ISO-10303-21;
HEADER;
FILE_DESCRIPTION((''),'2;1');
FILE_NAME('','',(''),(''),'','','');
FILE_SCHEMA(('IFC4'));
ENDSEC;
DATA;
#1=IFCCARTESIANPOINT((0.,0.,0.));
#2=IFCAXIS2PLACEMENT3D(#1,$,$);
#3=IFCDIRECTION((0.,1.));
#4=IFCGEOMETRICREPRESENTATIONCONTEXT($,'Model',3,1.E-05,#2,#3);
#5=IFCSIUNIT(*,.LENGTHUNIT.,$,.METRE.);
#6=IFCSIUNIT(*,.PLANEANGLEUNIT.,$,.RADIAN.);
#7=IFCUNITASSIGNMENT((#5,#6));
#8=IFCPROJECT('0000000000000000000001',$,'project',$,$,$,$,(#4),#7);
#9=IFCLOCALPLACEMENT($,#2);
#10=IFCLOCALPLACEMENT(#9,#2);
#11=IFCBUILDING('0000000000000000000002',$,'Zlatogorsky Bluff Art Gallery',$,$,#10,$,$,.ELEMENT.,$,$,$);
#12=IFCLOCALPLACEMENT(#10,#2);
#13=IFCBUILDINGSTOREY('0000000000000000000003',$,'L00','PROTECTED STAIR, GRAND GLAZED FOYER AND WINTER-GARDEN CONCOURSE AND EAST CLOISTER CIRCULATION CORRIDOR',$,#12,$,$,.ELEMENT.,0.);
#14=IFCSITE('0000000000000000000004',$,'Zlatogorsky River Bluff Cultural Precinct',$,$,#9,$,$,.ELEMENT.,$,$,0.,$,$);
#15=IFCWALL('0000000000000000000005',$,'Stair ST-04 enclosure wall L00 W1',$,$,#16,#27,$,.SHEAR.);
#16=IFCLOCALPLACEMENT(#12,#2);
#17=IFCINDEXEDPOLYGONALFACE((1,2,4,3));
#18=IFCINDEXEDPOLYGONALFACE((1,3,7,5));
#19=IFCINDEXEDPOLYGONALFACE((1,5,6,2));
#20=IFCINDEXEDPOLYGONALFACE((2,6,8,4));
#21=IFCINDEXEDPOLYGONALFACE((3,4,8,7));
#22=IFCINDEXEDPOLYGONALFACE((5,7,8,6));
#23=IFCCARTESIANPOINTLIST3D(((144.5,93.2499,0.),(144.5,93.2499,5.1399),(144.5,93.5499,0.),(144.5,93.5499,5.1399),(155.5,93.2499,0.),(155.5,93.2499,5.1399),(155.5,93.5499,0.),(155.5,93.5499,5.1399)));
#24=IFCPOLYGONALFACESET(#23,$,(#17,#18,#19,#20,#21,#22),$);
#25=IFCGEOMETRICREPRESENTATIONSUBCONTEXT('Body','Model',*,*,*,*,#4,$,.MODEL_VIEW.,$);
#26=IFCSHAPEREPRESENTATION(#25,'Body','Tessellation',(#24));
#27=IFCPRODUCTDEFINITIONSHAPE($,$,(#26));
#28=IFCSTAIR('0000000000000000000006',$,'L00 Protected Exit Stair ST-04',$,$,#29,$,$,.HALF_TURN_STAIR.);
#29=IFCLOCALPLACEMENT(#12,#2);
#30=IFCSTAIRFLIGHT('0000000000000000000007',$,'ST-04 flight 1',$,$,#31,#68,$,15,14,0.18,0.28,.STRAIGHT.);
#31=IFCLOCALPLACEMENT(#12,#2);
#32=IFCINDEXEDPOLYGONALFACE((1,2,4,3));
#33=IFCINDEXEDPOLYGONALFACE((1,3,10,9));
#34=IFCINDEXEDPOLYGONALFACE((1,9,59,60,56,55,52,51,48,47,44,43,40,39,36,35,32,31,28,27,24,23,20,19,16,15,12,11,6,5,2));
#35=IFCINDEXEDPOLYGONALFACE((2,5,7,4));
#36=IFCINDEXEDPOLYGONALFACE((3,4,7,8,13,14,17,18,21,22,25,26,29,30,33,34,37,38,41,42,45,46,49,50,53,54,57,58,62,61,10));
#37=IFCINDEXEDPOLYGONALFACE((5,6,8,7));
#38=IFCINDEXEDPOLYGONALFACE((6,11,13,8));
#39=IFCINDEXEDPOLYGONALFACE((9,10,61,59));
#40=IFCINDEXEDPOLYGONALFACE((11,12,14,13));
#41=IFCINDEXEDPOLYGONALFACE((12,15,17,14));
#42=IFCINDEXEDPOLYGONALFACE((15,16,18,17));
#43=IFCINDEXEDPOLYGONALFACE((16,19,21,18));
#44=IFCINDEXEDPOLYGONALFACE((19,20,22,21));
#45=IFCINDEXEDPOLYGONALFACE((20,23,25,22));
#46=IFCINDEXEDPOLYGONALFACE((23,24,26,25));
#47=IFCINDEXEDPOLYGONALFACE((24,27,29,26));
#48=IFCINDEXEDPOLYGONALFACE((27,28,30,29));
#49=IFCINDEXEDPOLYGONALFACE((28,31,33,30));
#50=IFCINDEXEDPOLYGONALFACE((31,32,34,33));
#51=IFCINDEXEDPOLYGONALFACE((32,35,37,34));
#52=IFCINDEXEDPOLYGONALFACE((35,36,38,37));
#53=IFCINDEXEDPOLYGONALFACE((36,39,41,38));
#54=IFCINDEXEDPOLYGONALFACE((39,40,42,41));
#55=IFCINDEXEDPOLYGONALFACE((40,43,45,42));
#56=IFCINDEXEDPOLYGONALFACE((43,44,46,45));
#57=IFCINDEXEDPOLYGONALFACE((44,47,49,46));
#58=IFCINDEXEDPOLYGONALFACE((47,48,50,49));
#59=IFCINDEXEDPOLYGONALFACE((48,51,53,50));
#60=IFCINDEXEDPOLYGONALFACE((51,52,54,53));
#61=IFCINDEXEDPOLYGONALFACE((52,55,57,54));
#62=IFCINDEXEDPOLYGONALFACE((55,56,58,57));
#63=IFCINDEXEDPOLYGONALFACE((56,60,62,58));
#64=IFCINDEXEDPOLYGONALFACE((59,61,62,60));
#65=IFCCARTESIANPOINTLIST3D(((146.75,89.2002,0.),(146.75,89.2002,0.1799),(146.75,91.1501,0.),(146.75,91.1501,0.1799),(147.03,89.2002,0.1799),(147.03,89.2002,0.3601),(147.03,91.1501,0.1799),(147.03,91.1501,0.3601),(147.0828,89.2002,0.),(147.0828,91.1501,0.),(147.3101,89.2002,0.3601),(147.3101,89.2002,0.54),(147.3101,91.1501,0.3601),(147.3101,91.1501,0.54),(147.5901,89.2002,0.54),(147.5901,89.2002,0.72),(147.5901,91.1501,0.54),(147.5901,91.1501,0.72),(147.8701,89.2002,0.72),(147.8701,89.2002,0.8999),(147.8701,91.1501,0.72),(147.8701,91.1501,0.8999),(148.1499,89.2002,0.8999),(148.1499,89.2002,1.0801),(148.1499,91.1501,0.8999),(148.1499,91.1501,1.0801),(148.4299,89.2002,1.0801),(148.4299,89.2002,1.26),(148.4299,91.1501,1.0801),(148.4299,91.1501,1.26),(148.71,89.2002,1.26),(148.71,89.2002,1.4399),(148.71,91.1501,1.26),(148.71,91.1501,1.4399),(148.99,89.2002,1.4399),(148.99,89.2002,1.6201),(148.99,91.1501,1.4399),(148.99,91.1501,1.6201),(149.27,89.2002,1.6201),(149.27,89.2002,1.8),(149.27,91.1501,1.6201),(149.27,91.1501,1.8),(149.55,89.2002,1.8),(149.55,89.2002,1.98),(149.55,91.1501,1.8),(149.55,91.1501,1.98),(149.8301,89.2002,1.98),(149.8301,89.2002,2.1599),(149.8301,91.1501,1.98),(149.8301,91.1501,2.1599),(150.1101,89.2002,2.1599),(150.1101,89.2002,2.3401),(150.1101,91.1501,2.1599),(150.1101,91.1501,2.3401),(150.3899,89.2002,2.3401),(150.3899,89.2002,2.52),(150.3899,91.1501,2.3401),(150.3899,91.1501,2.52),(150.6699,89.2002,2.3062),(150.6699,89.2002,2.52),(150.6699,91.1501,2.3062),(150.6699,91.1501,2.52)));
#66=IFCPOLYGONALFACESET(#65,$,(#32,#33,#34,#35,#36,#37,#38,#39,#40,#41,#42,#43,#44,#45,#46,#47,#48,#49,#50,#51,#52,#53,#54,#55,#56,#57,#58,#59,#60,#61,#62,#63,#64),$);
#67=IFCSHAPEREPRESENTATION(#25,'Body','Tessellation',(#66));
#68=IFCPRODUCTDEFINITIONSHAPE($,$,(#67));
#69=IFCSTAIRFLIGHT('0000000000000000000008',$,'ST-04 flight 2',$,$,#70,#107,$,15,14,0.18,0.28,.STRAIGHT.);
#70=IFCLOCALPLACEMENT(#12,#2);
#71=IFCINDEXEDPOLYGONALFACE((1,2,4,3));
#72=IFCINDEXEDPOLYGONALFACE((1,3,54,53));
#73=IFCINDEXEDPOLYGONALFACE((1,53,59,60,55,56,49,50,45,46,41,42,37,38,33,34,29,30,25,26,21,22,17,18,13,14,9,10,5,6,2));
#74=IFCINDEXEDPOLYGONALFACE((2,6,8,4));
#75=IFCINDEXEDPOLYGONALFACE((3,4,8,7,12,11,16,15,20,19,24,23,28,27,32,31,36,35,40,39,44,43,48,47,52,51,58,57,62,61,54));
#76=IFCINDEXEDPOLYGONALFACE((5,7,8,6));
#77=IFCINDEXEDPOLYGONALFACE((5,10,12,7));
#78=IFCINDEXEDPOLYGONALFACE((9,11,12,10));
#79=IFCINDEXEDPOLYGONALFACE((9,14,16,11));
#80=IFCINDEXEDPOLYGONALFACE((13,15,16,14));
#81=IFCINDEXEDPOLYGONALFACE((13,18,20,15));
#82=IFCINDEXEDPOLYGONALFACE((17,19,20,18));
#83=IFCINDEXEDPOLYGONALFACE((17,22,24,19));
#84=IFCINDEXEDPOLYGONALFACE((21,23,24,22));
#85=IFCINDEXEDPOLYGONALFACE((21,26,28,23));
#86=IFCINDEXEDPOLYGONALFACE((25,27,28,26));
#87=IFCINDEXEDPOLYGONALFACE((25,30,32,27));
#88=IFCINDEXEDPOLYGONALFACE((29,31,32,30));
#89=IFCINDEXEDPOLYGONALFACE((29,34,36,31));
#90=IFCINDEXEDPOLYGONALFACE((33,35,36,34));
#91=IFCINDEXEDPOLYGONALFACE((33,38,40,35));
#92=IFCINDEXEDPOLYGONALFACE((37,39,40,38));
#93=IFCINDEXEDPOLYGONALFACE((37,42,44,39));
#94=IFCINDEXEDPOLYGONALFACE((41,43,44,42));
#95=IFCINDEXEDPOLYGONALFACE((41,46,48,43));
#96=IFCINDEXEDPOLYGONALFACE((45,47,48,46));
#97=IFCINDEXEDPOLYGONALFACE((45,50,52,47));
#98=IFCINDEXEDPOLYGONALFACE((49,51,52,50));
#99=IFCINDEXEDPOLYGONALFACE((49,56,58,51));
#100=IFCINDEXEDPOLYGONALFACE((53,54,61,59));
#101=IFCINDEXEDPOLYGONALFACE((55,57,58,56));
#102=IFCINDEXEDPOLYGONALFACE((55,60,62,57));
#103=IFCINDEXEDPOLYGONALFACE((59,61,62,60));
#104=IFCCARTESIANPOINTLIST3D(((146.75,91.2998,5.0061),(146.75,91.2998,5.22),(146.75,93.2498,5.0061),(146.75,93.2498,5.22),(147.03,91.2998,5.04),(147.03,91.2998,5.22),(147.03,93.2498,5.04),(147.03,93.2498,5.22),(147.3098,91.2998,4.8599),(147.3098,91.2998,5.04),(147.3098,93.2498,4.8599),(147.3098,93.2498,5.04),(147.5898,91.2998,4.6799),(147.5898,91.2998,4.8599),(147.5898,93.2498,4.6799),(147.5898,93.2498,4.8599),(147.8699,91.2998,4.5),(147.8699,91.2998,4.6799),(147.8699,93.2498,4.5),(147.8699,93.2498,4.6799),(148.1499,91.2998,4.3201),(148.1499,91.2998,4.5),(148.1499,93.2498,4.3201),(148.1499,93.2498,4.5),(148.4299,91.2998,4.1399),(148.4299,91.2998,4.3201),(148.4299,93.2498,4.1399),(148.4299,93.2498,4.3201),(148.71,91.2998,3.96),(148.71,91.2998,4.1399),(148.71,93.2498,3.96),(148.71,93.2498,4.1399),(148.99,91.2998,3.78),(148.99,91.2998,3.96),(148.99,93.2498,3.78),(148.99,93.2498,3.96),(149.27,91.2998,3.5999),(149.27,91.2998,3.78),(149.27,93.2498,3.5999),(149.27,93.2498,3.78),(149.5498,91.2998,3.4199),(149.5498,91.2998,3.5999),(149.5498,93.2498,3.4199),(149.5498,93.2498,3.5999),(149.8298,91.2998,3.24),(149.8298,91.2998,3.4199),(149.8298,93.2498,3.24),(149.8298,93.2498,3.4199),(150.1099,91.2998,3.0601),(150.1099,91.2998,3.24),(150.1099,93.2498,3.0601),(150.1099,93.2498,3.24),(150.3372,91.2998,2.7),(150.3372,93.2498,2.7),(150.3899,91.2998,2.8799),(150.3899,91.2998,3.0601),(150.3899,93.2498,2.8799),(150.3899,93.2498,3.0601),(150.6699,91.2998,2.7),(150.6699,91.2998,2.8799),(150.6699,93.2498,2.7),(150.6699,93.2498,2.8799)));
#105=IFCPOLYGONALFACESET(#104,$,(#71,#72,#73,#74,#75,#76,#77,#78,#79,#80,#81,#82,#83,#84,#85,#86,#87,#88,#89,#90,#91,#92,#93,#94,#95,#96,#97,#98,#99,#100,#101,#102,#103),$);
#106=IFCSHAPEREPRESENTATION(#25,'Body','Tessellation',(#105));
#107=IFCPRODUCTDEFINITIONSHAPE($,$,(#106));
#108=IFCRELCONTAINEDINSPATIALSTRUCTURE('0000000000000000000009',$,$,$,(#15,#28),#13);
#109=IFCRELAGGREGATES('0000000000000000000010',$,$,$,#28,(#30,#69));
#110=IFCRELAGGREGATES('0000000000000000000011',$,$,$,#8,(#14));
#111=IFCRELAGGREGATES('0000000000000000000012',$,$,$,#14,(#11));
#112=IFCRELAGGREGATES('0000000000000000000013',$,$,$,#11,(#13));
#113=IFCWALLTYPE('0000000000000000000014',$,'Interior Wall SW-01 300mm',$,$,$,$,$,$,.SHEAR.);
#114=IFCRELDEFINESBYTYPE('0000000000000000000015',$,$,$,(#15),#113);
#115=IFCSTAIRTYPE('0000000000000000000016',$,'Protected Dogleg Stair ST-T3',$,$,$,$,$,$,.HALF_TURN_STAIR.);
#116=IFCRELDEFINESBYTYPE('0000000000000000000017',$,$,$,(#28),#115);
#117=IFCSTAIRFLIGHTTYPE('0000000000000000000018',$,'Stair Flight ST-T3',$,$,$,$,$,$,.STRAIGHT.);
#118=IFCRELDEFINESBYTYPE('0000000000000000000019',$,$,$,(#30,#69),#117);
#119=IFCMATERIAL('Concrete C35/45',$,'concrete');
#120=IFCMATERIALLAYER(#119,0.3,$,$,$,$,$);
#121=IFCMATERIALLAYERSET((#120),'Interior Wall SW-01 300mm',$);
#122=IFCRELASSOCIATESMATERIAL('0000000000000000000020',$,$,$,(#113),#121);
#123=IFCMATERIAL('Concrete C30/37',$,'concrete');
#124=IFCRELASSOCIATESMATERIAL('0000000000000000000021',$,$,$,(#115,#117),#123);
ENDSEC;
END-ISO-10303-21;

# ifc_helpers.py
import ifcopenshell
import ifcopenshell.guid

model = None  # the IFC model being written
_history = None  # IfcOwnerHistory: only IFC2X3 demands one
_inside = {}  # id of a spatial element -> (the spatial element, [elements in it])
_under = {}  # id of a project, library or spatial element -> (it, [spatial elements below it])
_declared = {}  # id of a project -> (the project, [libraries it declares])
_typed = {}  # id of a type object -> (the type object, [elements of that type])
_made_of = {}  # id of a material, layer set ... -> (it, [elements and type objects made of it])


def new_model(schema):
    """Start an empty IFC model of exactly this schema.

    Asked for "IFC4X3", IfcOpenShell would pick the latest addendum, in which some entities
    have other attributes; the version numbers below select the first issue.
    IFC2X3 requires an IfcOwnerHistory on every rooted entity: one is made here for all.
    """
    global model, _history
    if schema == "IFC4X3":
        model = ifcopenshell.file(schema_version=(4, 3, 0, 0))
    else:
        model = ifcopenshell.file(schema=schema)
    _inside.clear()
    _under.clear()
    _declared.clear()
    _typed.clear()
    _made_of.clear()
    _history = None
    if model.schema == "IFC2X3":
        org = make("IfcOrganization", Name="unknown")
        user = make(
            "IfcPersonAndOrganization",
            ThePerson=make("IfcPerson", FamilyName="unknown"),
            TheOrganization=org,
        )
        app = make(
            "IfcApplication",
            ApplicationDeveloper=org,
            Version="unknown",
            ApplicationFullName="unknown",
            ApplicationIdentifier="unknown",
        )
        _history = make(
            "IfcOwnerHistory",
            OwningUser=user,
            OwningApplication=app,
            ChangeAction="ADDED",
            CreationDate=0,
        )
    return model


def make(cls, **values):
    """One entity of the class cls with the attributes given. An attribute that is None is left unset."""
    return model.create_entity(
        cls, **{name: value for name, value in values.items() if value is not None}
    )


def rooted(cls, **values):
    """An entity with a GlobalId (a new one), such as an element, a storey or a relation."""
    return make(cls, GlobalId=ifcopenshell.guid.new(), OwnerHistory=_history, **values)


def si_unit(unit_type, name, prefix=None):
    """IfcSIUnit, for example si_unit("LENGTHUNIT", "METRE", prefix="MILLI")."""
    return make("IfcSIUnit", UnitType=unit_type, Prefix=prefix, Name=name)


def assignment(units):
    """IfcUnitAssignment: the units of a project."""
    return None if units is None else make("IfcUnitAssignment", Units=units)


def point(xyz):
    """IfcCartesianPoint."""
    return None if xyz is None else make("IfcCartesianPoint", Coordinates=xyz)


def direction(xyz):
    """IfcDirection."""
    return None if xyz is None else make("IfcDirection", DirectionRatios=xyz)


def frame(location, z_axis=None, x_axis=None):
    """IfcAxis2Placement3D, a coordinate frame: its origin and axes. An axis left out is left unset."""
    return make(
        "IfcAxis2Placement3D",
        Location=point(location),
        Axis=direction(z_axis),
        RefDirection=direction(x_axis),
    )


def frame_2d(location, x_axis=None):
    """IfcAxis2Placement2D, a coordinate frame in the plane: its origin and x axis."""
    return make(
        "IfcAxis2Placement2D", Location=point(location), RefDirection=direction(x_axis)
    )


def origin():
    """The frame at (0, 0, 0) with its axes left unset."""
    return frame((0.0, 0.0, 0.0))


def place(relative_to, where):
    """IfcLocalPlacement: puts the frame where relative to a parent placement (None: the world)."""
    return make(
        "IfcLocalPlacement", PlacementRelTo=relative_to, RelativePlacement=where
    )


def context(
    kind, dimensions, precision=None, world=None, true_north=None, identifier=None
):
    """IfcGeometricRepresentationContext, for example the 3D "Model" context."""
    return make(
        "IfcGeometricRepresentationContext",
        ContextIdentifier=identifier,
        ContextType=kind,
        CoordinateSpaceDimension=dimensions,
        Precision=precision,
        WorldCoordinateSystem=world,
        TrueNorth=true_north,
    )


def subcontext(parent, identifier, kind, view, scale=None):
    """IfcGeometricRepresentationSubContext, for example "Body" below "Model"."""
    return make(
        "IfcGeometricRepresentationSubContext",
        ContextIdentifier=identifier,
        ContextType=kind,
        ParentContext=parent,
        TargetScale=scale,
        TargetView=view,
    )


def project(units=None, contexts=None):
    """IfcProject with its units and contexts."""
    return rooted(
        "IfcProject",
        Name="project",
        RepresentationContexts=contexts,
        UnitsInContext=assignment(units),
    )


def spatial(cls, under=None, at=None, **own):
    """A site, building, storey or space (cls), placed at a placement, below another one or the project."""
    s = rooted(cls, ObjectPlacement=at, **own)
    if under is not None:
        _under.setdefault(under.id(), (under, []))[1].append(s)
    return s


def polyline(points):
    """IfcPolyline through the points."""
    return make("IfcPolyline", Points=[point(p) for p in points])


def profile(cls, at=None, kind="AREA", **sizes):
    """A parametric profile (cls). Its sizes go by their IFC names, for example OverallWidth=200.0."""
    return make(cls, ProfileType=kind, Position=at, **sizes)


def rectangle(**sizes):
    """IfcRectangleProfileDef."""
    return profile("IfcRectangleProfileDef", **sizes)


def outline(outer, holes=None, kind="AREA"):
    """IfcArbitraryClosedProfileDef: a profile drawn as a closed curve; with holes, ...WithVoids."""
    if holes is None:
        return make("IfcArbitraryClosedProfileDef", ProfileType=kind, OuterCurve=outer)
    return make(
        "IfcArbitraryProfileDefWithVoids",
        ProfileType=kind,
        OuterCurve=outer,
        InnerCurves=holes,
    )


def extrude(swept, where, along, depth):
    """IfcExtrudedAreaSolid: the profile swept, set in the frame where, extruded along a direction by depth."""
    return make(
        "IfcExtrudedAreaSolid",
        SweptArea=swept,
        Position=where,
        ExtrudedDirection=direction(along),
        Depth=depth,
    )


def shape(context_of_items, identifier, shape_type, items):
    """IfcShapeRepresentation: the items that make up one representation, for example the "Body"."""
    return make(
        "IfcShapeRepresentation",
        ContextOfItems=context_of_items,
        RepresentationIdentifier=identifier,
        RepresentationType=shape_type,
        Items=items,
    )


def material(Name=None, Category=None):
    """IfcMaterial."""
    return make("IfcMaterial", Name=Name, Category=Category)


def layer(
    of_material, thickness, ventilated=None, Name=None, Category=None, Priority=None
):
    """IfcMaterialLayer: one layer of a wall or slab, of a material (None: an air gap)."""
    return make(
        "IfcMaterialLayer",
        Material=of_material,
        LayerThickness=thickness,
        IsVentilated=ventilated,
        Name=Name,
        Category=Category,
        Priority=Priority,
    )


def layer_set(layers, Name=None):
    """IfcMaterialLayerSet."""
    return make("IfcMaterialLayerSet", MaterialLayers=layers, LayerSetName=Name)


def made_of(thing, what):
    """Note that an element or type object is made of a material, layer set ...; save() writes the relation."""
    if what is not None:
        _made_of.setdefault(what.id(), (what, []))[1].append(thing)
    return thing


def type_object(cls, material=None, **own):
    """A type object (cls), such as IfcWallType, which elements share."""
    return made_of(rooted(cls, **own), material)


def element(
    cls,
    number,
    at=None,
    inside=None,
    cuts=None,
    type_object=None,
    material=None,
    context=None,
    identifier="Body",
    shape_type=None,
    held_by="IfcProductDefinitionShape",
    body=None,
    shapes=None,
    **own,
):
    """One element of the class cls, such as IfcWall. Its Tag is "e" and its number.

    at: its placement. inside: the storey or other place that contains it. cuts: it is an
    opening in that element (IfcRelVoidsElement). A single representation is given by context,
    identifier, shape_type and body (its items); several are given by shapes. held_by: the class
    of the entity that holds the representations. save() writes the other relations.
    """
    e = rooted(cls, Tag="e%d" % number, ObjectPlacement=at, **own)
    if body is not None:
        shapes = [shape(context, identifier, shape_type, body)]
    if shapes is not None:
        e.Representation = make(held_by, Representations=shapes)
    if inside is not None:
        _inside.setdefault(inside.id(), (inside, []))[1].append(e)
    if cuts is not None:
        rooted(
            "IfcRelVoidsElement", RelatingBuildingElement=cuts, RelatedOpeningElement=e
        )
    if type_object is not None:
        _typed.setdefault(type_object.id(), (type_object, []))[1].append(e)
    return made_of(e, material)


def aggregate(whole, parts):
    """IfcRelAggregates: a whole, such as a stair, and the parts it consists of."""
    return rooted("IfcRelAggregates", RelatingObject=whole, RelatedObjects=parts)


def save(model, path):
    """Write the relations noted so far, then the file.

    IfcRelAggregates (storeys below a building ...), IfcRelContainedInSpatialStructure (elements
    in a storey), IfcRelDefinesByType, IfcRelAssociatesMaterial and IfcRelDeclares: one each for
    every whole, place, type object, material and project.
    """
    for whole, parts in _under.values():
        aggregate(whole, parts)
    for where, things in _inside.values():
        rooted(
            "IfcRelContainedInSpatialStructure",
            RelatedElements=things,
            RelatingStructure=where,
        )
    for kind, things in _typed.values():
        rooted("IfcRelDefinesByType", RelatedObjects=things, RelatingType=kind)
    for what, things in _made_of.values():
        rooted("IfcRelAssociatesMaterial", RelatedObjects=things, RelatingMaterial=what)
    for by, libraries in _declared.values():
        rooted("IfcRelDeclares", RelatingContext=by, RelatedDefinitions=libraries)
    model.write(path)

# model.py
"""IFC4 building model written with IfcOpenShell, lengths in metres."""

from ifc_helpers import new_model, si_unit, direction, frame, frame_2d, origin, place, context, subcontext, project, spatial, polyline, rectangle, outline, extrude, material, layer, layer_set, type_object, element, aggregate, save


model = new_model("IFC4")

# Units and contexts
model_context = context("Model", 3, precision=1e-05, world=origin(), true_north=direction((0.0, 1.0)))
body_context = subcontext(model_context, "Body", "Model", "MODEL_VIEW")
ifc_project = project(units=[si_unit("LENGTHUNIT", "METRE"), si_unit("PLANEANGLEUNIT", "RADIAN")], contexts=[model_context])

# Site, building, storey
site_placement = place(None, origin())
site = spatial("IfcSite", under=ifc_project, at=site_placement, Name="Zlatogorsky River Bluff Cultural Precinct", CompositionType="ELEMENT", RefElevation=0.0)
building_placement = place(site_placement, origin())
building = spatial("IfcBuilding", under=site, at=building_placement, Name="Zlatogorsky Bluff Art Gallery", CompositionType="ELEMENT")
storey_placement = place(building_placement, origin())
storey = spatial("IfcBuildingStorey", under=building, at=storey_placement, Name="L00", Description="PROTECTED STAIR, GRAND GLAZED FOYER AND WINTER-GARDEN CONCOURSE AND EAST CLOISTER CIRCULATION CORRIDOR", CompositionType="ELEMENT", Elevation=0.0)

# Shared definitions
ifc_material_1 = material(Name="Concrete C35/45", Category="concrete")

# Shared definitions
ifc_layer_1 = layer(ifc_material_1, 0.3)
ifc_layer_set_1 = layer_set([ifc_layer_1], Name="Interior Wall SW-01 300mm")
wall_type_1 = type_object("IfcWallType", Name="Interior Wall SW-01 300mm", PredefinedType="SHEAR", material=ifc_layer_set_1)

# Wall
wall_1_placement = place(storey_placement, frame((155.5, 93.3999, 0.0), z_axis=(0.0, 0.0, 1.0), x_axis=(-1.0, 0.0, 0.0)))
element("IfcWall", 1, at=wall_1_placement, inside=storey, type_object=wall_type_1, Name="Stair ST-04 enclosure wall L00 W1", PredefinedType="SHEAR", context=body_context, shape_type="SweptSolid", body=[
    extrude(rectangle(XDim=11.0, YDim=0.3, at=frame_2d((5.5, 0.0))), origin(), (0.0, 0.0, 1.0), 5.1399),
])

# Stair, stair flights
ifc_material_2 = material(Name="Concrete C30/37", Category="concrete")
stair_type = type_object("IfcStairType", Name="Protected Dogleg Stair ST-T3", PredefinedType="HALF_TURN_STAIR", material=ifc_material_2)
stair_placement = place(storey_placement, origin())
stair = element("IfcStair", 2, at=stair_placement, inside=storey, type_object=stair_type, Name="L00 Protected Exit Stair ST-04", PredefinedType="HALF_TURN_STAIR")
stair_flight_type = type_object("IfcStairFlightType", Name="Stair Flight ST-T3", PredefinedType="STRAIGHT", material=ifc_material_2)
stair_flight_1_placement = place(storey_placement, frame((146.75, 90.175, 0.0), z_axis=(0.0, 0.0, 1.0), x_axis=(1.0, 0.0, 0.0)))
stair_flight_1 = element("IfcStairFlight", 3, at=stair_flight_1_placement, type_object=stair_flight_type, Name="ST-04 flight 1", NumberOfRisers=15, NumberOfTreads=14, PredefinedType="STRAIGHT", RiserHeight=0.18, TreadLength=0.28, context=body_context, shape_type="SweptSolid", body=[
    extrude(outline(polyline([(0.0, 0.0), (0.0, 0.1799), (0.28, 0.1799), (0.28, 0.3601), (0.5601, 0.3601), (0.5601, 0.54), (0.8401, 0.54), (0.8401, 0.72), (1.1201, 0.72), (1.1201, 0.8999), (1.3999, 0.8999), (1.3999, 1.0801), (1.6799, 1.0801), (1.6799, 1.26), (1.96, 1.26), (1.96, 1.4399), (2.24, 1.4399), (2.24, 1.6201), (2.52, 1.6201), (2.52, 1.8), (2.8, 1.8), (2.8, 1.98), (3.0801, 1.98), (3.0801, 2.1599), (3.3601, 2.1599), (3.3601, 2.3401), (3.6399, 2.3401), (3.6399, 2.52), (3.9199, 2.52), (3.9199, 2.7), (3.9199, 2.3062), (0.3328, 0.0), (0.0, 0.0)])), frame((0.0, 0.9751, 0.0), z_axis=(0.0, -1.0, 0.0), x_axis=(1.0, 0.0, 0.0)), (0.0, 0.0, 1.0), 1.95),
])
stair_flight_2_placement = place(storey_placement, frame((150.6699, 92.2749, 2.7), z_axis=(0.0, 0.0, 1.0), x_axis=(-1.0, 0.0, 0.0)))
stair_flight_2 = element("IfcStairFlight", 4, at=stair_flight_2_placement, type_object=stair_flight_type, Name="ST-04 flight 2", NumberOfRisers=15, NumberOfTreads=14, PredefinedType="STRAIGHT", RiserHeight=0.18, TreadLength=0.28, context=body_context, shape_type="SweptSolid", body=[
    extrude(outline(polyline([(0.0, 0.0), (0.0, 0.1799), (0.28, 0.1799), (0.28, 0.3601), (0.5601, 0.3601), (0.5601, 0.54), (0.8401, 0.54), (0.8401, 0.72), (1.1201, 0.72), (1.1201, 0.8999), (1.3999, 0.8999), (1.3999, 1.0801), (1.6799, 1.0801), (1.6799, 1.26), (1.96, 1.26), (1.96, 1.4399), (2.24, 1.4399), (2.24, 1.6201), (2.52, 1.6201), (2.52, 1.8), (2.8, 1.8), (2.8, 1.98), (3.0801, 1.98), (3.0801, 2.1599), (3.3601, 2.1599), (3.3601, 2.3401), (3.6399, 2.3401), (3.6399, 2.52), (3.9199, 2.52), (3.9199, 2.7), (3.9199, 2.3062), (0.3328, 0.0), (0.0, 0.0)])), frame((0.0, 0.9751, 0.0), z_axis=(0.0, -1.0, 0.0), x_axis=(1.0, 0.0, 0.0)), (0.0, 0.0, 1.0), 1.95),
])
aggregate(stair, [stair_flight_1, stair_flight_2])

save(model, "model.ifc")
